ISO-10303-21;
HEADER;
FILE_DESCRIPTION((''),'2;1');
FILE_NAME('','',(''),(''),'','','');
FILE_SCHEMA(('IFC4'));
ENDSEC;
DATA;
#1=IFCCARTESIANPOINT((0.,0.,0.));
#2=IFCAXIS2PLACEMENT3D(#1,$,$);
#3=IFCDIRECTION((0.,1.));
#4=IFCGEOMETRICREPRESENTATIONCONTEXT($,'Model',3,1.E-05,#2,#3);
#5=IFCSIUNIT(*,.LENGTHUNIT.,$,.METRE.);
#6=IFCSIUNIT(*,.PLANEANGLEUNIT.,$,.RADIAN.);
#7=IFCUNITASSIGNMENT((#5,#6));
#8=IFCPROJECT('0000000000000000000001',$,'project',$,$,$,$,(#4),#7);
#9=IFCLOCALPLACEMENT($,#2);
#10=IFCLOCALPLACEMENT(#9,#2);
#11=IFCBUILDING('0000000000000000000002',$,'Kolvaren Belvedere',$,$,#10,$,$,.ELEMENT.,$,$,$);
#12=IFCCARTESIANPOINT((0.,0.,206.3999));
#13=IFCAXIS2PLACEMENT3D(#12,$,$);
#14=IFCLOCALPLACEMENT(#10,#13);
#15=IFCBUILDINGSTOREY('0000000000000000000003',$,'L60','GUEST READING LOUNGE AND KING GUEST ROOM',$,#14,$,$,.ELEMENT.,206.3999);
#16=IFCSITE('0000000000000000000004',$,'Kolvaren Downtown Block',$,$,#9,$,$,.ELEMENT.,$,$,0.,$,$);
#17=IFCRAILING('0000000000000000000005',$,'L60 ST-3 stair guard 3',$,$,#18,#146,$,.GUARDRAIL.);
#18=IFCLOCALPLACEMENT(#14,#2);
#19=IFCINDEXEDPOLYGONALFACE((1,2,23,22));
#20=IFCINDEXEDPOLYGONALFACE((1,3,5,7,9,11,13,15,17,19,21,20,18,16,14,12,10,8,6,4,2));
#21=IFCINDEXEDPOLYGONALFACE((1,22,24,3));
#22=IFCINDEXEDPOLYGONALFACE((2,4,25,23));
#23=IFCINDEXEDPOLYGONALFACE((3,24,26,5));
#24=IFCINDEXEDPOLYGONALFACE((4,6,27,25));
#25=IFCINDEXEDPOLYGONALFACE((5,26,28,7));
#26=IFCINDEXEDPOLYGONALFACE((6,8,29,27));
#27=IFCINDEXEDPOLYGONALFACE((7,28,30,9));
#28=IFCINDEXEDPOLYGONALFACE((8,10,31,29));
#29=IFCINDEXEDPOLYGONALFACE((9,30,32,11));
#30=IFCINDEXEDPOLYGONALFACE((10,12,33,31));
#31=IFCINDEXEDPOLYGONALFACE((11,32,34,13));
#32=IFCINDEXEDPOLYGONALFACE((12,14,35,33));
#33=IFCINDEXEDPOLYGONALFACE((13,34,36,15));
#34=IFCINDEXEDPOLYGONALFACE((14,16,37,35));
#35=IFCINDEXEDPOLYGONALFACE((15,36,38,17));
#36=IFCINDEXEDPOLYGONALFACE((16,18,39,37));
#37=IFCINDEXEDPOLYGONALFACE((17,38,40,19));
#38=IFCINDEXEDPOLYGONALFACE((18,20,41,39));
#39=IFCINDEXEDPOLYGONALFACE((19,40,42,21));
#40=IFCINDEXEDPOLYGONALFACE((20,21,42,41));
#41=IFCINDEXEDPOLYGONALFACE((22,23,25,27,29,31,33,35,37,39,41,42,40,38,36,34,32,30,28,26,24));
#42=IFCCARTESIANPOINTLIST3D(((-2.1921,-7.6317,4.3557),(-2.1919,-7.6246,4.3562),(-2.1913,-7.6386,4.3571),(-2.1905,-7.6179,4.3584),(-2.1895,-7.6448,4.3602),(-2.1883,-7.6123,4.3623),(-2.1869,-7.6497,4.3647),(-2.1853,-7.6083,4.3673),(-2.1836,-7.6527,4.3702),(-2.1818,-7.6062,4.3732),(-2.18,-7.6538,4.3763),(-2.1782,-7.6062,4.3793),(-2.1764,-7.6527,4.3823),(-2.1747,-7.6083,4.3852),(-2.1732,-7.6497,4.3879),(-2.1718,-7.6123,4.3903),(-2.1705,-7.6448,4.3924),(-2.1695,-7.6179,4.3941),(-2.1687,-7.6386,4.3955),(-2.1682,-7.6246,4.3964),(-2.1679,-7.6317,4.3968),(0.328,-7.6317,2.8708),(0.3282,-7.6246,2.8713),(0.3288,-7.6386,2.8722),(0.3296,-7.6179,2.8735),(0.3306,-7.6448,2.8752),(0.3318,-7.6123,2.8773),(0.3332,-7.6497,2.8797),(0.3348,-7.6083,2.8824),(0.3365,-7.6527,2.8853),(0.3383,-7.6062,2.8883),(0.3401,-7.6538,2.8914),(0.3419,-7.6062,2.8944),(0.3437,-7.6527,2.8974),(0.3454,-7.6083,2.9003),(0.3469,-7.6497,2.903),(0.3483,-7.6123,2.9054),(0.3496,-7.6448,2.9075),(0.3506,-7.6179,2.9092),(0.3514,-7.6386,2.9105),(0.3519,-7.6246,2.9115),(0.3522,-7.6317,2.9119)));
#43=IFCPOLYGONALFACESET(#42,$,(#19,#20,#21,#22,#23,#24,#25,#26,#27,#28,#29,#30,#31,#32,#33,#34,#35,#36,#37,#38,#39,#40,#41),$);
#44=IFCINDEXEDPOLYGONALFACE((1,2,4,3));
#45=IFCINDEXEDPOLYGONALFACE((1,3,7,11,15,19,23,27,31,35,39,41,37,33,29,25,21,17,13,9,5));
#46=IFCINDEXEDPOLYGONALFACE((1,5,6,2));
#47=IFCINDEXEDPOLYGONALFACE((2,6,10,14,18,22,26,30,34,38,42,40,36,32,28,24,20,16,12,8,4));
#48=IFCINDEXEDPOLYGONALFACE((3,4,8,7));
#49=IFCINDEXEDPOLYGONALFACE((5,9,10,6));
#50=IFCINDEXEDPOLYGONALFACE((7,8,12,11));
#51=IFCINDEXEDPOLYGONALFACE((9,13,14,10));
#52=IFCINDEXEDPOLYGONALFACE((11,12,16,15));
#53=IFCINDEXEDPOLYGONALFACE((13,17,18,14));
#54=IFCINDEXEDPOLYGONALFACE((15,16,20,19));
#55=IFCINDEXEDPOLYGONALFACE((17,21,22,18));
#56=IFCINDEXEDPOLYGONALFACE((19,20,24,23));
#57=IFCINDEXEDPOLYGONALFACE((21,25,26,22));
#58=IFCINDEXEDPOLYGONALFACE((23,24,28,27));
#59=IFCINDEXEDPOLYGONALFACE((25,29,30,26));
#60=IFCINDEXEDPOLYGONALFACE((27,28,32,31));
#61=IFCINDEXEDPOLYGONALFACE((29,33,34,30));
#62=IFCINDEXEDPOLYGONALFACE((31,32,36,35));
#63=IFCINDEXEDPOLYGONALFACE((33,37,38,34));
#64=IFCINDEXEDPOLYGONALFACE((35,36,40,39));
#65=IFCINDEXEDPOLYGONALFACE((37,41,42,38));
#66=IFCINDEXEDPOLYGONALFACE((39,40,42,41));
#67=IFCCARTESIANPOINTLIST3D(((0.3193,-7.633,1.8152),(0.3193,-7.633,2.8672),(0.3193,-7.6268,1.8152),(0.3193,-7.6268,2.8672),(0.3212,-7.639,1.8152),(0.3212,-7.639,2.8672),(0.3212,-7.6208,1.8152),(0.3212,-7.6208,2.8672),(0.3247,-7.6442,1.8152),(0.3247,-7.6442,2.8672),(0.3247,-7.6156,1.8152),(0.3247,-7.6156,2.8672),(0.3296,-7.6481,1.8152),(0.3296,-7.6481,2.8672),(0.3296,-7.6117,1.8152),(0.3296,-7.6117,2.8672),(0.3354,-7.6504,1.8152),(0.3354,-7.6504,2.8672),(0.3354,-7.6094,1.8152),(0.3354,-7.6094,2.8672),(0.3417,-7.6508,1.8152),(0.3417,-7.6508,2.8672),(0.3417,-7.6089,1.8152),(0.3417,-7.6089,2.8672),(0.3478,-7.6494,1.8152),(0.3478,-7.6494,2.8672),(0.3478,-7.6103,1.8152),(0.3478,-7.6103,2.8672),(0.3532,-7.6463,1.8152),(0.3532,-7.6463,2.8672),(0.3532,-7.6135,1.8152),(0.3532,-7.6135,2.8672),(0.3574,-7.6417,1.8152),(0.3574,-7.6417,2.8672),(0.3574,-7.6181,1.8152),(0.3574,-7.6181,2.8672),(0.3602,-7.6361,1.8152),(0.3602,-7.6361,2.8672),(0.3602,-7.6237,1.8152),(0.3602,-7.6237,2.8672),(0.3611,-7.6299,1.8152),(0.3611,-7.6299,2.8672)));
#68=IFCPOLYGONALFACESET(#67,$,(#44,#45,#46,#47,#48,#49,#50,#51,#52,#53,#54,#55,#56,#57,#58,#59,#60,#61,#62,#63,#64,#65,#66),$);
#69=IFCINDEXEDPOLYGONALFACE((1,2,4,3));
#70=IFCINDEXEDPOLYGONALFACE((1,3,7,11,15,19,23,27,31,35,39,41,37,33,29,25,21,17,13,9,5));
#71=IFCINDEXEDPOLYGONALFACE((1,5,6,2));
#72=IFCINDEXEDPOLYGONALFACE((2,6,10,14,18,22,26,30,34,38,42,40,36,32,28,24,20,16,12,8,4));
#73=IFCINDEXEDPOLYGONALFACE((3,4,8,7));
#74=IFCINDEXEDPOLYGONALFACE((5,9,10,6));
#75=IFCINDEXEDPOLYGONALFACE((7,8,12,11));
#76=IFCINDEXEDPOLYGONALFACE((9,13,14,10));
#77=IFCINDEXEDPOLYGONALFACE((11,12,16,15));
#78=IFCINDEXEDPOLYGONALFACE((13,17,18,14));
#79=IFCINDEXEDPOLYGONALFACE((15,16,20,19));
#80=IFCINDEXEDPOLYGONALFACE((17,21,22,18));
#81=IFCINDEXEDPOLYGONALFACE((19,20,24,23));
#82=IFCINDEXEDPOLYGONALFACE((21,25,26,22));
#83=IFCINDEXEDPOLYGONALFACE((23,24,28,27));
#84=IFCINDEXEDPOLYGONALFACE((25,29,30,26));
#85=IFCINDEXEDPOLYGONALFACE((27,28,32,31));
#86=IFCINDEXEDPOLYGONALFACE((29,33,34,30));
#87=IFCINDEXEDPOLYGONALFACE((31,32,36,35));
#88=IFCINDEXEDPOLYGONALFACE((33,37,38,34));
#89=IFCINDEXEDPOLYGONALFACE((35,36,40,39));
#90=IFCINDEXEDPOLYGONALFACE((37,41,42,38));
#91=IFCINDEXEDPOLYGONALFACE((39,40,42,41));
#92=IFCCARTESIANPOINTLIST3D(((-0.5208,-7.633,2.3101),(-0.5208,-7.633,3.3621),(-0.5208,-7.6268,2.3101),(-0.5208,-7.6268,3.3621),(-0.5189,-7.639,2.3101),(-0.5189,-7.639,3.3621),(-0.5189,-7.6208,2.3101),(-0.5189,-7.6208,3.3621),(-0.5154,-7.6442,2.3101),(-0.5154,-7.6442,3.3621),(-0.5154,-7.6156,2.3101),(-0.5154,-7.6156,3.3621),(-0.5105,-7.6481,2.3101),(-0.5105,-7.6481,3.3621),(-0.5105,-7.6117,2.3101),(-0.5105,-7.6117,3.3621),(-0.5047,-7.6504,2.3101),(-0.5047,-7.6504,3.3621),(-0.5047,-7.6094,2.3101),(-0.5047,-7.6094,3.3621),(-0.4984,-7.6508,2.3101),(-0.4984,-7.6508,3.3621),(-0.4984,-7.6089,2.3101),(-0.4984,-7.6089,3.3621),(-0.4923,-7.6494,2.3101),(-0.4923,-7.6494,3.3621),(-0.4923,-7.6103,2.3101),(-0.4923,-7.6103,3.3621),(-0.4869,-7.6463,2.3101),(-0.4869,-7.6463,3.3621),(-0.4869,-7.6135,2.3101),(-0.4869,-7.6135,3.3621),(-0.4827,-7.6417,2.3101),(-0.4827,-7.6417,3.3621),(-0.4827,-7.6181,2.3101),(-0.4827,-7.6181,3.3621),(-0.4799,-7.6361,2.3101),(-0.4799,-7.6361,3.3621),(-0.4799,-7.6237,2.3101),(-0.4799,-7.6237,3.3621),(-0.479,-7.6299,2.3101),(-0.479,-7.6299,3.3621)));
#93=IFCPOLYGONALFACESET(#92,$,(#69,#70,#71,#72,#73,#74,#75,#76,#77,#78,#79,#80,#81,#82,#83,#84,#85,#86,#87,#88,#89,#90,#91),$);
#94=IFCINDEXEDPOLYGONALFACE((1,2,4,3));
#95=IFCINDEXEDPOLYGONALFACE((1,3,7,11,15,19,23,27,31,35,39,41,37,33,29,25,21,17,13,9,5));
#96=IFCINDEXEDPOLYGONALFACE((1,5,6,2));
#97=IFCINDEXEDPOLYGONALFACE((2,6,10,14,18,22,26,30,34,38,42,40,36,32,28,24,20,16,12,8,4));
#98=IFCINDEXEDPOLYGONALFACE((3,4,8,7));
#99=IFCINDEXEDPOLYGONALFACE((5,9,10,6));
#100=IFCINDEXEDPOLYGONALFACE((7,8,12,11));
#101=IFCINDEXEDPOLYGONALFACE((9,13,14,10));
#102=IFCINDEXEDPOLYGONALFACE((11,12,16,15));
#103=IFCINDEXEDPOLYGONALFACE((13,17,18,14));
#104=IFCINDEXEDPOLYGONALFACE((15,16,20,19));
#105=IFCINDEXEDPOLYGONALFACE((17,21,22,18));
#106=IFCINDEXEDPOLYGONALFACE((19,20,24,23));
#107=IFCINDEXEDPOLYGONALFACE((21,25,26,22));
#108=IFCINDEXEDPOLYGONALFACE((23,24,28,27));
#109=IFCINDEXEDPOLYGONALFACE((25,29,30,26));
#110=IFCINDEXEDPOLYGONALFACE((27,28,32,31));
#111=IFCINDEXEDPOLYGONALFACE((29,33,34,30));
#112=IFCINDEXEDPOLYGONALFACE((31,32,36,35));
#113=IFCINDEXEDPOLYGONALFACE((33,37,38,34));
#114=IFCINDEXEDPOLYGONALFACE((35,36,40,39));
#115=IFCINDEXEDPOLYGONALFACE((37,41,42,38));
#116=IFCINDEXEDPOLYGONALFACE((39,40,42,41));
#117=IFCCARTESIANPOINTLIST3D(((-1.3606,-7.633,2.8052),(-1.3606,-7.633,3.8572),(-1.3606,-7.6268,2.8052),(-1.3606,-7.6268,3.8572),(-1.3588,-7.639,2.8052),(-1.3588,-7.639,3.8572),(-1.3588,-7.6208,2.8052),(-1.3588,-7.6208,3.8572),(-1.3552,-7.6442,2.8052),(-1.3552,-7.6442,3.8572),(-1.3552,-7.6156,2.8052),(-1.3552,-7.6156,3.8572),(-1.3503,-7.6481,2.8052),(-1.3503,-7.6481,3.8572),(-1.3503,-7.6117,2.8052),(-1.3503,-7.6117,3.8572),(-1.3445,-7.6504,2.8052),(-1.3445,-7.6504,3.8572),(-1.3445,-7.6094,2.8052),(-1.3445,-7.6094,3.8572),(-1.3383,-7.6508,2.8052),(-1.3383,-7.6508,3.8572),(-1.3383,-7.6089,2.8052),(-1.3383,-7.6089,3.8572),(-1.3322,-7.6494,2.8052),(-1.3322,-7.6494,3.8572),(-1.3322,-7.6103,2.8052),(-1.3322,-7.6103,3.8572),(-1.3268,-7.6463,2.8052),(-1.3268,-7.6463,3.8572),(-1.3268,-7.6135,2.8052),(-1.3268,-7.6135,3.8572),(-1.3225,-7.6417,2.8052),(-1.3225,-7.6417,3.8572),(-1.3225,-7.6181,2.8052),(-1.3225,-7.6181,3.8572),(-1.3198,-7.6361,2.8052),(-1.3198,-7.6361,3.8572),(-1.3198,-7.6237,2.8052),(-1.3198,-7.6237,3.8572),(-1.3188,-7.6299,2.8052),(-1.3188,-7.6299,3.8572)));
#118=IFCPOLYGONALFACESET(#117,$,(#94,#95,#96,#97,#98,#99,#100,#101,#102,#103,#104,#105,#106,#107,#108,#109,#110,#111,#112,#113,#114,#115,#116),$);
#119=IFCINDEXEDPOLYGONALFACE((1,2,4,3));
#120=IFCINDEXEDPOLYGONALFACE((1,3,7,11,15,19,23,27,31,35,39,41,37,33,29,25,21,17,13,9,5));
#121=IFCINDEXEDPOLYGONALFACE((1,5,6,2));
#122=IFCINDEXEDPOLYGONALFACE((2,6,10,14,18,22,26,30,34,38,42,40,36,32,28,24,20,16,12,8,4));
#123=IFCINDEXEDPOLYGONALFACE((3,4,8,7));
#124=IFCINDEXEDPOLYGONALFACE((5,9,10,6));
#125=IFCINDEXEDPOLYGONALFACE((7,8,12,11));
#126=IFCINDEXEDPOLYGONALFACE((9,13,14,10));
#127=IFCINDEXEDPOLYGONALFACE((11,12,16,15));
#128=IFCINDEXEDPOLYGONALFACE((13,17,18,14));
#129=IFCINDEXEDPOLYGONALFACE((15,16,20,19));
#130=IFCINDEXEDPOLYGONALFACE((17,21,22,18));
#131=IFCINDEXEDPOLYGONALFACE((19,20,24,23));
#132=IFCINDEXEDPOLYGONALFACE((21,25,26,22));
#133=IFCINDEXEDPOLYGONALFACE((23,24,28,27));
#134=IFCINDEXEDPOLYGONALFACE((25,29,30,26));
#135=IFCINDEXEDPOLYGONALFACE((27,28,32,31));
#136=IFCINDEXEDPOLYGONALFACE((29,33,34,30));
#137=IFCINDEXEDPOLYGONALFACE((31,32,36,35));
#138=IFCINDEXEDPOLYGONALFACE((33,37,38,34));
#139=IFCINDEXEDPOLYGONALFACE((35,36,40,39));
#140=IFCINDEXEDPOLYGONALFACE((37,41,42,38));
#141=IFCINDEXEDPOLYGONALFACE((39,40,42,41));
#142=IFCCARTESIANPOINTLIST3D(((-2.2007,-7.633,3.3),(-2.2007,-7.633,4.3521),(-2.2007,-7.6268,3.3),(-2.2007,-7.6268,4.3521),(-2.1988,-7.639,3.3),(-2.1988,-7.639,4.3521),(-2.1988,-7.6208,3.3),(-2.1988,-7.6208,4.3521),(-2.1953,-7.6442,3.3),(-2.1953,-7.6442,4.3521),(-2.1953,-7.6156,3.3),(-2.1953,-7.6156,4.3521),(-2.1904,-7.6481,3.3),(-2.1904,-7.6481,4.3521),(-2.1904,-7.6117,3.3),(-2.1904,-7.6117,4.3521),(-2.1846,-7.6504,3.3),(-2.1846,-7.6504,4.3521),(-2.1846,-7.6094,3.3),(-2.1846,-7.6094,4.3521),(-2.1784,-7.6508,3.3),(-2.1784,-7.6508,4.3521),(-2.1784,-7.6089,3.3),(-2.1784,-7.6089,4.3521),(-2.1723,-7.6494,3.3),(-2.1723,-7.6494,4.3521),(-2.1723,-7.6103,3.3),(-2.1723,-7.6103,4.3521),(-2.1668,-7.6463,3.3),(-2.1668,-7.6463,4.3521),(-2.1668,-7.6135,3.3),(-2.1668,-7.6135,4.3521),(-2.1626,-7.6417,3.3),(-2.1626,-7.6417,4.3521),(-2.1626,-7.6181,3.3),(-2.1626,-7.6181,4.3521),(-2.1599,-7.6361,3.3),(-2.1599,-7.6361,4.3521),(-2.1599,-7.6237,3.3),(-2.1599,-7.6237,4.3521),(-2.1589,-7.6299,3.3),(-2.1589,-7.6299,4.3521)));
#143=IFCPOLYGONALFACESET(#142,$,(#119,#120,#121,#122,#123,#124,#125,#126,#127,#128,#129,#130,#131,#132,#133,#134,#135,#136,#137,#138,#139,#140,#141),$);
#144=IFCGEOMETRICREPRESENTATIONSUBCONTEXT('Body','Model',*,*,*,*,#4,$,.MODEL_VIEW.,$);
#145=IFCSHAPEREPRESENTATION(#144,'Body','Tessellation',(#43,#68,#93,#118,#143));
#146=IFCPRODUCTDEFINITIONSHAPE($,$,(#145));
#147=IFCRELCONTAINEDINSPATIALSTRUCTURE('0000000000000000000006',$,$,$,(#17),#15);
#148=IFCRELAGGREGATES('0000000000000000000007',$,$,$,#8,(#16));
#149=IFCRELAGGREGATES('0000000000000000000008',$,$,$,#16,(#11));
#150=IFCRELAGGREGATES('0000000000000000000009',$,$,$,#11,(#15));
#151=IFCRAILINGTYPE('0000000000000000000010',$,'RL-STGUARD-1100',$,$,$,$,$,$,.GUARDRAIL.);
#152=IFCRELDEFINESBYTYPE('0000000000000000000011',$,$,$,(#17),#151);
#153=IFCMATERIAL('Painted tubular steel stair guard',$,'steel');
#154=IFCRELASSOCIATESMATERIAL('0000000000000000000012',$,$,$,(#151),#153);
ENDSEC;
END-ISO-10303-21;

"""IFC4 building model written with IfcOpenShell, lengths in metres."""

from ifc_helpers import new_model, si_unit, direction, frame, origin, origin_2d, place, context, subcontext, project, spatial, circle, extrude, material, type_object, element, save


model = new_model("IFC4")

# Units and contexts
model_context = context("Model", 3, precision=1e-05, world=origin(), true_north=direction((0.0, 1.0)))
body_context = subcontext(model_context, "Body", "Model", "MODEL_VIEW")
ifc_project = project(units=[si_unit("LENGTHUNIT", "METRE"), si_unit("PLANEANGLEUNIT", "RADIAN")], contexts=[model_context])

# Site, building, storey
site_placement = place(None, origin())
site = spatial("IfcSite", under=ifc_project, at=site_placement, Name="Kolvaren Downtown Block", CompositionType="ELEMENT", RefElevation=0.0)
building_placement = place(site_placement, origin())
building = spatial("IfcBuilding", under=site, at=building_placement, Name="Kolvaren Belvedere", CompositionType="ELEMENT")
storey_placement = place(building_placement, frame((0.0, 0.0, 206.3999)))
storey = spatial("IfcBuildingStorey", under=building, at=storey_placement, Name="L60", Description="GUEST READING LOUNGE AND KING GUEST ROOM", CompositionType="ELEMENT", Elevation=206.3999)

# Railing
ifc_material_1 = material(Name="Painted tubular steel stair guard", Category="steel")
railing_type_1 = type_object("IfcRailingType", Name="RL-STGUARD-1100", PredefinedType="GUARDRAIL", material=ifc_material_1)
railing_1_placement = place(storey_placement, frame((0.3401, -7.6299, 1.8152)))
element("IfcRailing", 1, at=railing_1_placement, inside=storey, type_object=railing_type_1, Name="L60 ST-3 stair guard 3", PredefinedType="GUARDRAIL", context=body_context, shape_type="SweptSolid", body=[
    extrude(circle(Radius=0.0239, at=origin_2d()), frame((0.0, 0.0, 1.0762), z_axis=(-0.861561, 0.0, 0.507655), x_axis=(0.0, -1.0, 0.0)), (0.0, 0.0, 1.0), 2.925),
    extrude(circle(Radius=0.021, at=origin_2d()), origin(), (0.0, 0.0, 1.0), 1.052),
    extrude(circle(Radius=0.021, at=origin_2d()), frame((-0.8401, 0.0, 0.4949)), (0.0, 0.0, 1.0), 1.052),
    extrude(circle(Radius=0.021, at=origin_2d()), frame((-1.6799, 0.0, 0.99)), (0.0, 0.0, 1.0), 1.052),
    extrude(circle(Radius=0.021, at=origin_2d()), frame((-2.52, 0.0, 1.4849)), (0.0, 0.0, 1.0), 1.052),
])

save(model, "model.ifc")
